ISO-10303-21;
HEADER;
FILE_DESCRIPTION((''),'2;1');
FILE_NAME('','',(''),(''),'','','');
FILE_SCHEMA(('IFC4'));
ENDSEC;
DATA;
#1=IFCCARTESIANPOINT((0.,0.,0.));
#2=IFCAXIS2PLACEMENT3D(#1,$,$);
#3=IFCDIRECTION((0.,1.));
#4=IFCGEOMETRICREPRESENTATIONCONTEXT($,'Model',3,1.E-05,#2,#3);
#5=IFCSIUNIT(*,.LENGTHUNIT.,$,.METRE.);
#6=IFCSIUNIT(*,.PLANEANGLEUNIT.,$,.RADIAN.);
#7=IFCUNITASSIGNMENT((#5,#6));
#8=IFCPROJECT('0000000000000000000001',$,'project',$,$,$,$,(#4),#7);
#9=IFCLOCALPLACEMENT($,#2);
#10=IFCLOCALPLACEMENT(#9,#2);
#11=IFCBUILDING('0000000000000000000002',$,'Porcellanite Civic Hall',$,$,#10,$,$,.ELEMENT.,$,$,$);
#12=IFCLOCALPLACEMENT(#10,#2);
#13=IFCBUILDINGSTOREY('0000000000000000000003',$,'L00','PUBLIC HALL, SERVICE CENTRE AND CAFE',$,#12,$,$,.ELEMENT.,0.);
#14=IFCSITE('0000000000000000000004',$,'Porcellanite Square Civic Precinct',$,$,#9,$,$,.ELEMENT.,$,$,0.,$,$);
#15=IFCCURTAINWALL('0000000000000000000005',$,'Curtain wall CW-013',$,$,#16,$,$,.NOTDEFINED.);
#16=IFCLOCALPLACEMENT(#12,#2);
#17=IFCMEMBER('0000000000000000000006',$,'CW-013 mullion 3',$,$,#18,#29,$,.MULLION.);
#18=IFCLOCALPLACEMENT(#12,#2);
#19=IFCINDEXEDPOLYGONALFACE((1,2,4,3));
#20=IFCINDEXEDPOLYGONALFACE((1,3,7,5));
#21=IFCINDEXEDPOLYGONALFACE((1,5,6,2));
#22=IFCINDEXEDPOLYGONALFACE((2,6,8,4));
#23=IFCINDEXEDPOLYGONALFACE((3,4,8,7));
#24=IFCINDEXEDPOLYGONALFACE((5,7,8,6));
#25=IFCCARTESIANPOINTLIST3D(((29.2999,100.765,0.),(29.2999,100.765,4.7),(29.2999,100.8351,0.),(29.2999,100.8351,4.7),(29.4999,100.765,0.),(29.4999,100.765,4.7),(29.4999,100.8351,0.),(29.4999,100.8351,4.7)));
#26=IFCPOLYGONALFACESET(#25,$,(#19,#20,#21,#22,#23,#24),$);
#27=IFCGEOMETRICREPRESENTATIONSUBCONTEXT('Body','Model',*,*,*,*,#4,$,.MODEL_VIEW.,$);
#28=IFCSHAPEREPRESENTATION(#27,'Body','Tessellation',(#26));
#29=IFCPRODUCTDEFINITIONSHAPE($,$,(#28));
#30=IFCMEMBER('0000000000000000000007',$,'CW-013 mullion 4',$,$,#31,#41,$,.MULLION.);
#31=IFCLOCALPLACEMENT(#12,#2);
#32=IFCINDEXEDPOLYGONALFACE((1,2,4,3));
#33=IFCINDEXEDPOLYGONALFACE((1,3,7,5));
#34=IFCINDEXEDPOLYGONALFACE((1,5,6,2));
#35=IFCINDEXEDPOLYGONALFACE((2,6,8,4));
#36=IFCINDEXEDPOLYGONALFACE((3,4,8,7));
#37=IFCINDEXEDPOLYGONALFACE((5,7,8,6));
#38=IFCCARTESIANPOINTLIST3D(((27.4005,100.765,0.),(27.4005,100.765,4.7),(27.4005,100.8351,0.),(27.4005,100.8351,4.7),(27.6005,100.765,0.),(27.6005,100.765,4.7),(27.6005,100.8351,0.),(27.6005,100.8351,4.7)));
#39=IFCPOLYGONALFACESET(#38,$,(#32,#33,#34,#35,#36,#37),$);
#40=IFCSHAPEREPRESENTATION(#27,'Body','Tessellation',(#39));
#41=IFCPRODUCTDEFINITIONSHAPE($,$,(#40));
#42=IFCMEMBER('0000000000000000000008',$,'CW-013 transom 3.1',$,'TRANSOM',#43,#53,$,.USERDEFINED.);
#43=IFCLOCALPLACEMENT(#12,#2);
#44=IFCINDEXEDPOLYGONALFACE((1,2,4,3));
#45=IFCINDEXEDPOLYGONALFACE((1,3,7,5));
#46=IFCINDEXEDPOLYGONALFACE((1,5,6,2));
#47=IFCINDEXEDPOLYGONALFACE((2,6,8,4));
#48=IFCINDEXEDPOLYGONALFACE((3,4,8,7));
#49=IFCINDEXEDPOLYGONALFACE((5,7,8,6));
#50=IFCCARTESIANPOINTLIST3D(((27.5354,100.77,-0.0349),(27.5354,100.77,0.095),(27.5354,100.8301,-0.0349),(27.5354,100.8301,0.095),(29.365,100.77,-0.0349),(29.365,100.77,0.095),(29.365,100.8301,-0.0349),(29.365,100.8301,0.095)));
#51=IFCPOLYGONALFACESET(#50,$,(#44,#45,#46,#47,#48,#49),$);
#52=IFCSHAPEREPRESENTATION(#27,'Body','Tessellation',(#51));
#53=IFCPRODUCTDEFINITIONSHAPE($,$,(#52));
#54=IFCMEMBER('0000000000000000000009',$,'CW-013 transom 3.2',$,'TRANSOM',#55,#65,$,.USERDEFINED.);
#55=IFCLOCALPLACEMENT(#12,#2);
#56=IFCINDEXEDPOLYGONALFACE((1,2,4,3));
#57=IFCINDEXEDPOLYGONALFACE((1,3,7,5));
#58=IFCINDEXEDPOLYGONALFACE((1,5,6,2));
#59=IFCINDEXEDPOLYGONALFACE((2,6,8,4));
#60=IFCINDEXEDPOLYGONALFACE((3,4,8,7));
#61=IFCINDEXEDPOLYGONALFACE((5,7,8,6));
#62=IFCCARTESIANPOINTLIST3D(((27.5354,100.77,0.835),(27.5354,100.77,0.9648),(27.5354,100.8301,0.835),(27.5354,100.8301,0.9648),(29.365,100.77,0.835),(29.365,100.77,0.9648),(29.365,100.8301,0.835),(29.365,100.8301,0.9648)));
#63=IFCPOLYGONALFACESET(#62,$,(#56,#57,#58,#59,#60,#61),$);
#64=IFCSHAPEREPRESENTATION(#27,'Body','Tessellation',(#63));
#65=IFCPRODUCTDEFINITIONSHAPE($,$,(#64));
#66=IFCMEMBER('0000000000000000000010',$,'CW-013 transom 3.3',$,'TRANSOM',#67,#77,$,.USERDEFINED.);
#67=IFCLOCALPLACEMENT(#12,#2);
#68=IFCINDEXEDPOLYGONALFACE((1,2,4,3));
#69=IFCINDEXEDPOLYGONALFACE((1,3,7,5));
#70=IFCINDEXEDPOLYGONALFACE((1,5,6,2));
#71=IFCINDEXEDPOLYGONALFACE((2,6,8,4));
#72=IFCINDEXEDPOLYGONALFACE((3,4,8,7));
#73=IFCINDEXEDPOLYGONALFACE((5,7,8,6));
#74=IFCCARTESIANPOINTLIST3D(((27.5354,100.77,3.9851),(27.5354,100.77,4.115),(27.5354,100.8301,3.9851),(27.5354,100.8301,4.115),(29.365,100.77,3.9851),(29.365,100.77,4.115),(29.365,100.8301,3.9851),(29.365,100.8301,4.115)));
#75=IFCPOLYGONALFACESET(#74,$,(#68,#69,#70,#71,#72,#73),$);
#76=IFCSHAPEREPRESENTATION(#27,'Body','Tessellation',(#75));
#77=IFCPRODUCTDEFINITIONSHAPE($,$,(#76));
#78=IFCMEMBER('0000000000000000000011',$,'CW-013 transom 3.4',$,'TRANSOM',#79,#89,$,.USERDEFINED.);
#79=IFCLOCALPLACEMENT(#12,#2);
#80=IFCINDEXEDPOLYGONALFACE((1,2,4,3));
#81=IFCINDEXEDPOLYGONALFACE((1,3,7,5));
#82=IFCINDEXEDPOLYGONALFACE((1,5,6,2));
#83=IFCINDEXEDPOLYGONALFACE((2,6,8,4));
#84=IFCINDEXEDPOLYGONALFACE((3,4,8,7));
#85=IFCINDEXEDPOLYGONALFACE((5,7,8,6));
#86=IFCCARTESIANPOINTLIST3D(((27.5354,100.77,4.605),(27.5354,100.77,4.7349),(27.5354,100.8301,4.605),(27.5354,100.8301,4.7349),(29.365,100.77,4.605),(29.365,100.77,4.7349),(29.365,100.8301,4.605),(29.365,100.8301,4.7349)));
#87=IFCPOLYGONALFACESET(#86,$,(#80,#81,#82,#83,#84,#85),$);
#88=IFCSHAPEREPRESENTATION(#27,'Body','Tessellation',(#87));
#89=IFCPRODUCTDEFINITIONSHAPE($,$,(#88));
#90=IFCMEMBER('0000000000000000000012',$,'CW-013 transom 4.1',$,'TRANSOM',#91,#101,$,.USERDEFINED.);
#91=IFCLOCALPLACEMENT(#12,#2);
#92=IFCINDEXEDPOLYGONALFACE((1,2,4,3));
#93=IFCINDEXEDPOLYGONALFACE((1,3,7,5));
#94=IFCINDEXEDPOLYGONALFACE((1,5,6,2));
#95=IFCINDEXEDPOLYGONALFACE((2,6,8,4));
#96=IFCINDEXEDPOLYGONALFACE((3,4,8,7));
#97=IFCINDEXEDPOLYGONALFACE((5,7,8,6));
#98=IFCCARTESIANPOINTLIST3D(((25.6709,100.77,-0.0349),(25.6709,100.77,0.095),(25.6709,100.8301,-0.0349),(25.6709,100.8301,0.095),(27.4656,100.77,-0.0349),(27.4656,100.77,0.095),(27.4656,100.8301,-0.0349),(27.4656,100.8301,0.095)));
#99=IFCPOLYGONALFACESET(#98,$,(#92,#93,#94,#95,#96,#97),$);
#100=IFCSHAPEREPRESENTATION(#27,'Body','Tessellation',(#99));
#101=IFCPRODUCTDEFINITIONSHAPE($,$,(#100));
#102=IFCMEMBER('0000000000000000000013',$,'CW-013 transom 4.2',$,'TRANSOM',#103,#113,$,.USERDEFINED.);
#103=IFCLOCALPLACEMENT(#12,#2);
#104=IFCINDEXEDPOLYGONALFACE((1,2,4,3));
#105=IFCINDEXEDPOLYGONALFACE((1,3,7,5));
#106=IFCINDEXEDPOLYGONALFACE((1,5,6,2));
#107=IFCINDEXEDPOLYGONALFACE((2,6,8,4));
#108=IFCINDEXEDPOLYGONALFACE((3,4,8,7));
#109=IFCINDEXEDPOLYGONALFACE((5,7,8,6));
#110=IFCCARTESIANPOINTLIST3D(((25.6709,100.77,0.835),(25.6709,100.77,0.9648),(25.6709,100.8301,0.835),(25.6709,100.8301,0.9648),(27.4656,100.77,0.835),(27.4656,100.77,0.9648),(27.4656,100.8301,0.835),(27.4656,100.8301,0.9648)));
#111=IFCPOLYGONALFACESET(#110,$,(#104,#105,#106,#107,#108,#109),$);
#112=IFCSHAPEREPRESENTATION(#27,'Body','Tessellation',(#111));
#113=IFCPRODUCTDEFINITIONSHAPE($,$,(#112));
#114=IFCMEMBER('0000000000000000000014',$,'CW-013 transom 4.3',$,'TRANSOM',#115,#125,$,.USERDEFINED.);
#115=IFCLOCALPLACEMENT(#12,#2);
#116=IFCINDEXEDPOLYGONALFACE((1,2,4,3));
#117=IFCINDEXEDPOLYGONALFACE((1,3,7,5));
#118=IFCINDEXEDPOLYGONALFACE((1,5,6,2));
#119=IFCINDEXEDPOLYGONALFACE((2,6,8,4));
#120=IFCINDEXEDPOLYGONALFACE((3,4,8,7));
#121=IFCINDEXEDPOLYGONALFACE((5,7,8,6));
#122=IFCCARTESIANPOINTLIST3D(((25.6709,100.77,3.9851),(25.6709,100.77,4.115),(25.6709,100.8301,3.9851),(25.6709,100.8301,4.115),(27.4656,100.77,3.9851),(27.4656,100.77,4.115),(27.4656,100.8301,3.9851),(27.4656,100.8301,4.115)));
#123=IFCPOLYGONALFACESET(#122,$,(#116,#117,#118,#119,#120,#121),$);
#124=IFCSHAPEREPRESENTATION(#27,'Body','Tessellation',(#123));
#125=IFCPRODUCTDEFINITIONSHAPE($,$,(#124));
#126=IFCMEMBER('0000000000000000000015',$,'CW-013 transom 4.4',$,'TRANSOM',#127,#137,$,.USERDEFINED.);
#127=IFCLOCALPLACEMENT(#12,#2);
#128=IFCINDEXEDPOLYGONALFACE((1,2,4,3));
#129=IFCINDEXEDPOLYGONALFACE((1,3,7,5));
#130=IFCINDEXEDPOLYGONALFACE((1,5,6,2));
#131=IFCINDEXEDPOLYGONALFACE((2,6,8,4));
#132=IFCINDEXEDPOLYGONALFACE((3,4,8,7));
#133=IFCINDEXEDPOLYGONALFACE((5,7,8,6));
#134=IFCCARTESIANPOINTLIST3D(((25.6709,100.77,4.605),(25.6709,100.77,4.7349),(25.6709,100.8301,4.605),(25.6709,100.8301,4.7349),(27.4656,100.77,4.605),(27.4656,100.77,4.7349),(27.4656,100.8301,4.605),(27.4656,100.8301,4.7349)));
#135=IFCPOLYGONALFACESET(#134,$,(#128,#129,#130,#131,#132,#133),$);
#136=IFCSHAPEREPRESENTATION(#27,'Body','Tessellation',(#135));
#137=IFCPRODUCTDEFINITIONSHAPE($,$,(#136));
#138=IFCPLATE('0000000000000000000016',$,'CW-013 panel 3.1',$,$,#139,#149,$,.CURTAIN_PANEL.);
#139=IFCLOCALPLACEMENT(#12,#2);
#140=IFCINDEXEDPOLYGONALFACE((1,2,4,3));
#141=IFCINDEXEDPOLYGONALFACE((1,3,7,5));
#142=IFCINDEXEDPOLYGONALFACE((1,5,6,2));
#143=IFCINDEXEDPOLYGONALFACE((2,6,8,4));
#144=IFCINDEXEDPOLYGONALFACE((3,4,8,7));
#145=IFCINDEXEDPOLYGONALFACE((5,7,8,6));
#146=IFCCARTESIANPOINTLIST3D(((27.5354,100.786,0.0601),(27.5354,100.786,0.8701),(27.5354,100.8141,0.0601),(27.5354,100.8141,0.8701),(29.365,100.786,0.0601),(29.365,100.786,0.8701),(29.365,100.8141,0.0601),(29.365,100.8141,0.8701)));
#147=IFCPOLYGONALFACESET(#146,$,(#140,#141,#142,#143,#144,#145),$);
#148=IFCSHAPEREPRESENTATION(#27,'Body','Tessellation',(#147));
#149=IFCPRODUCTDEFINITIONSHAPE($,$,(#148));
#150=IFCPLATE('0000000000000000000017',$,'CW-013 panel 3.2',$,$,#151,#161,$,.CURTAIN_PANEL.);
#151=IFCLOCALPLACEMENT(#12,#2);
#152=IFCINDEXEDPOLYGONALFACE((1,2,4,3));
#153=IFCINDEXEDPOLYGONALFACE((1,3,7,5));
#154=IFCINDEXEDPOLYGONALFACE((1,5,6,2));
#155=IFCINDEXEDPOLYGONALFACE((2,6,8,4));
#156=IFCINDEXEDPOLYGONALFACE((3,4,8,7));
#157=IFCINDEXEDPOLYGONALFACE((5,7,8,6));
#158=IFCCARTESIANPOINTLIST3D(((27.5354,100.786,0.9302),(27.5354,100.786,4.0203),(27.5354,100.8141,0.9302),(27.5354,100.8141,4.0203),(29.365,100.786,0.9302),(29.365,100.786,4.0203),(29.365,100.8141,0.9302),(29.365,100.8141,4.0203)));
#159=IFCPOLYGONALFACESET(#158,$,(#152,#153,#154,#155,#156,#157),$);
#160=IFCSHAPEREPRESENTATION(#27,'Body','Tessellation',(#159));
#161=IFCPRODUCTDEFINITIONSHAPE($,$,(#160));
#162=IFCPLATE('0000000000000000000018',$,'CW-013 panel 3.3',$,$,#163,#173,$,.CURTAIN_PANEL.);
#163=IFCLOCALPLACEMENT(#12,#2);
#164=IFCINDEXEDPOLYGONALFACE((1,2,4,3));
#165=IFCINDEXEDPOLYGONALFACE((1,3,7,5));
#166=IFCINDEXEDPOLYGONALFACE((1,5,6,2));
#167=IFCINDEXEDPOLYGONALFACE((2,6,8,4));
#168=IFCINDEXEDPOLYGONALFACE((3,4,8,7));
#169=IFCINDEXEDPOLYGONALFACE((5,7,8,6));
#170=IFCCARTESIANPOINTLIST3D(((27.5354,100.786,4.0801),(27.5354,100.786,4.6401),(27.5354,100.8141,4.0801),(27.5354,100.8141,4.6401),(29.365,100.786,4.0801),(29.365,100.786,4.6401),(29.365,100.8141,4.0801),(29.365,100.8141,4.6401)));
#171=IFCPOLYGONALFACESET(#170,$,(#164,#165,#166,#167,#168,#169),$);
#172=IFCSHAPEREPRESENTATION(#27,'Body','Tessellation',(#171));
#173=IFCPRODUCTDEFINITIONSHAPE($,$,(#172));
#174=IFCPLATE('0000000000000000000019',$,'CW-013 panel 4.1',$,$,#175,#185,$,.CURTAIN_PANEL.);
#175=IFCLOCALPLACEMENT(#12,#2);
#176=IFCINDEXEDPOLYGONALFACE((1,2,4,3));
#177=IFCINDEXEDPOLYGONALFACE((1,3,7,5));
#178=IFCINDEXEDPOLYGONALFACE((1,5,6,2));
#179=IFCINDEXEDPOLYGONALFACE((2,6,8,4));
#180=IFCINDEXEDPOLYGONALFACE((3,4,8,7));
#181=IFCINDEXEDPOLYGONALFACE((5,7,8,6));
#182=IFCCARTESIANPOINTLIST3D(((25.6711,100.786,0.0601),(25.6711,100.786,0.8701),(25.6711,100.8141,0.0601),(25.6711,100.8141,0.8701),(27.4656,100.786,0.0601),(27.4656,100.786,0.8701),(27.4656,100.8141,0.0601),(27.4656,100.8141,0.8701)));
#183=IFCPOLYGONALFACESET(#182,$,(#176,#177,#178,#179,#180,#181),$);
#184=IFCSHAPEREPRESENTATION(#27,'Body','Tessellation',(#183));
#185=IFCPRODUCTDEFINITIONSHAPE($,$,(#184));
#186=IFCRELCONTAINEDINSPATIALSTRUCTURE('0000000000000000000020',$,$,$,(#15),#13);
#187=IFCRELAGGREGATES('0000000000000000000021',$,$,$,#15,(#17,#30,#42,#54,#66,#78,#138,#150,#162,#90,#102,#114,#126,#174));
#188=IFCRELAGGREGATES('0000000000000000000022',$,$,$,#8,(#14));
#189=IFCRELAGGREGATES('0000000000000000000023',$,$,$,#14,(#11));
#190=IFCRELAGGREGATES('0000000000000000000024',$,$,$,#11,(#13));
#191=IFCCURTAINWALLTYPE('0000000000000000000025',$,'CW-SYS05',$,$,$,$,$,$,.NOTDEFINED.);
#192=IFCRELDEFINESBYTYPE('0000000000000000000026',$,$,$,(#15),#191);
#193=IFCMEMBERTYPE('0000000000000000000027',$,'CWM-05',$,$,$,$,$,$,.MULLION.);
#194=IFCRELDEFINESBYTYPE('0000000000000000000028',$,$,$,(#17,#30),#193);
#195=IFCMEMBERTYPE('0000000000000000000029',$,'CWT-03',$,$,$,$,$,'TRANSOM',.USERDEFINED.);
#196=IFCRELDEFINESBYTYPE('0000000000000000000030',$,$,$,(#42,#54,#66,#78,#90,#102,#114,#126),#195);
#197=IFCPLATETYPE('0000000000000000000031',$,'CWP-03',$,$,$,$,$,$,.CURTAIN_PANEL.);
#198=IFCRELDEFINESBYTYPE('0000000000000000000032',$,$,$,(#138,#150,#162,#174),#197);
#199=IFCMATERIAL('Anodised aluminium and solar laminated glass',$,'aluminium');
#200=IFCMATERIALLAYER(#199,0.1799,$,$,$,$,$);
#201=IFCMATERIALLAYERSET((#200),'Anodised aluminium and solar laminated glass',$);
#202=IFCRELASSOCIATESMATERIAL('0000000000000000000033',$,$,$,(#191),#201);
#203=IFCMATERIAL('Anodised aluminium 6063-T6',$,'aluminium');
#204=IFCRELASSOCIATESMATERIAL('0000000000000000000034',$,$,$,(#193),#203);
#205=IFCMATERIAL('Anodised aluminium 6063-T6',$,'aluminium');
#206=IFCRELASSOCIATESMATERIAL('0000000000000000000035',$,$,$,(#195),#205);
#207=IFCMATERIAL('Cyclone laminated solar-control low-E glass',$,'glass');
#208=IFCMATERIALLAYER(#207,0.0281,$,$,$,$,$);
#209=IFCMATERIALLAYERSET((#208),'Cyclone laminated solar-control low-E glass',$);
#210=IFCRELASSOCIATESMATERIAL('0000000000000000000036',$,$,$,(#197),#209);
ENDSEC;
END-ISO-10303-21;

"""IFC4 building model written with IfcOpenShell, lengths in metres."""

from ifc_helpers import new_model, si_unit, direction, frame, origin, origin_2d, place, context, subcontext, project, spatial, rectangle, extrude, material, layer, layer_set, material_profile, profile_set, type_object, element, aggregate, save


model = new_model("IFC4")

# Units and contexts
model_context = context("Model", 3, precision=1e-05, world=origin(), true_north=direction((0.0, 1.0)))
body_context = subcontext(model_context, "Body", "Model", "MODEL_VIEW")
ifc_project = project(units=[si_unit("LENGTHUNIT", "METRE"), si_unit("PLANEANGLEUNIT", "RADIAN")], contexts=[model_context])

# Site, building, storey
site_placement = place(None, origin())
site = spatial("IfcSite", under=ifc_project, at=site_placement, Name="Porcellanite Square Civic Precinct", CompositionType="ELEMENT", RefElevation=0.0)
building_placement = place(site_placement, origin())
building = spatial("IfcBuilding", under=site, at=building_placement, Name="Porcellanite Civic Hall", CompositionType="ELEMENT")
storey_placement = place(building_placement, origin())
storey = spatial("IfcBuildingStorey", under=building, at=storey_placement, Name="L00", Description="PUBLIC HALL, SERVICE CENTRE AND CAFE", CompositionType="ELEMENT", Elevation=0.0)

# Curtain wall, members, plates
ifc_material_1 = material(Name="Anodised aluminium and solar laminated glass", Category="aluminium")
ifc_layer_1 = layer(ifc_material_1, 0.1799)
ifc_layer_set_1 = layer_set([ifc_layer_1], Name="Anodised aluminium and solar laminated glass")
curtain_wall_type = type_object("IfcCurtainWallType", Name="CW-SYS05", PredefinedType="NOTDEFINED", material=ifc_layer_set_1)
curtain_wall_placement = place(storey_placement, origin())
curtain_wall = element("IfcCurtainWall", 1, at=curtain_wall_placement, inside=storey, type_object=curtain_wall_type, Name="Curtain wall CW-013", PredefinedType="NOTDEFINED")
ifc_material_2 = material(Name="Anodised aluminium 6063-T6", Category="aluminium")
ifc_material_profile_1 = material_profile(ifc_material_2, rectangle(XDim=0.0701, YDim=0.2, at=origin_2d()), Name="AL-70x200")
ifc_profile_set_1 = profile_set([ifc_material_profile_1], Name="Anodised aluminium 6063-T6")
member_type_1 = type_object("IfcMemberType", Name="CWM-05", PredefinedType="MULLION", material=ifc_profile_set_1)
member_1_placement = place(storey_placement, frame((29.3999, 100.8, 0.0), z_axis=(0.0, 0.0, 1.0), x_axis=(0.0, -1.0, 0.0)))
member_1 = element("IfcMember", 2, at=member_1_placement, type_object=member_type_1, Name="CW-013 mullion 3", PredefinedType="MULLION", context=body_context, shape_type="SweptSolid", body=[
    extrude(rectangle(XDim=0.0701, YDim=0.2, at=origin_2d()), origin(), (0.0, 0.0, 1.0), 4.7),
])
member_2_placement = place(storey_placement, frame((27.5005, 100.8, 0.0), z_axis=(0.0, 0.0, 1.0), x_axis=(0.0, -1.0, 0.0)))
member_2 = element("IfcMember", 3, at=member_2_placement, type_object=member_type_1, Name="CW-013 mullion 4", PredefinedType="MULLION", context=body_context, shape_type="SweptSolid", body=[
    extrude(rectangle(XDim=0.0701, YDim=0.2, at=origin_2d()), origin(), (0.0, 0.0, 1.0), 4.7),
])
ifc_material_3 = material(Name="Anodised aluminium 6063-T6", Category="aluminium")
ifc_material_profile_2 = material_profile(ifc_material_3, rectangle(XDim=0.0601, YDim=0.1299, at=origin_2d()), Name="AL-60x130")
ifc_profile_set_2 = profile_set([ifc_material_profile_2], Name="Anodised aluminium 6063-T6")
member_type_2 = type_object("IfcMemberType", Name="CWT-03", ElementType="TRANSOM", PredefinedType="USERDEFINED", material=ifc_profile_set_2)
member_3_placement = place(storey_placement, frame((29.365, 100.8, 0.03), z_axis=(-1.0, 0.0, 0.0), x_axis=(0.0, -1.0, 0.0)))
member_3 = element("IfcMember", 4, at=member_3_placement, type_object=member_type_2, Name="CW-013 transom 3.1", ObjectType="TRANSOM", PredefinedType="USERDEFINED", context=body_context, shape_type="SweptSolid", body=[
    extrude(rectangle(XDim=0.0601, YDim=0.1299, at=origin_2d()), origin(), (0.0, 0.0, 1.0), 1.8296),
])
member_4_placement = place(storey_placement, frame((29.365, 100.8, 0.8999), z_axis=(-1.0, 0.0, 0.0), x_axis=(0.0, -1.0, 0.0)))
member_4 = element("IfcMember", 5, at=member_4_placement, type_object=member_type_2, Name="CW-013 transom 3.2", ObjectType="TRANSOM", PredefinedType="USERDEFINED", context=body_context, shape_type="SweptSolid", body=[
    extrude(rectangle(XDim=0.0601, YDim=0.1299, at=origin_2d()), origin(), (0.0, 0.0, 1.0), 1.8296),
])
member_5_placement = place(storey_placement, frame((29.365, 100.8, 4.05), z_axis=(-1.0, 0.0, 0.0), x_axis=(0.0, -1.0, 0.0)))
member_5 = element("IfcMember", 6, at=member_5_placement, type_object=member_type_2, Name="CW-013 transom 3.3", ObjectType="TRANSOM", PredefinedType="USERDEFINED", context=body_context, shape_type="SweptSolid", body=[
    extrude(rectangle(XDim=0.0601, YDim=0.1299, at=origin_2d()), origin(), (0.0, 0.0, 1.0), 1.8296),
])
member_6_placement = place(storey_placement, frame((29.365, 100.8, 4.6699), z_axis=(-1.0, 0.0, 0.0), x_axis=(0.0, -1.0, 0.0)))
member_6 = element("IfcMember", 7, at=member_6_placement, type_object=member_type_2, Name="CW-013 transom 3.4", ObjectType="TRANSOM", PredefinedType="USERDEFINED", context=body_context, shape_type="SweptSolid", body=[
    extrude(rectangle(XDim=0.0601, YDim=0.1299, at=origin_2d()), origin(), (0.0, 0.0, 1.0), 1.8296),
])
member_7_placement = place(storey_placement, frame((27.4656, 100.8, 0.03), z_axis=(-1.0, 0.0, 0.0), x_axis=(0.0, -1.0, 0.0)))
member_7 = element("IfcMember", 8, at=member_7_placement, type_object=member_type_2, Name="CW-013 transom 4.1", ObjectType="TRANSOM", PredefinedType="USERDEFINED", context=body_context, shape_type="SweptSolid", body=[
    extrude(rectangle(XDim=0.0601, YDim=0.1299, at=origin_2d()), origin(), (0.0, 0.0, 1.0), 1.7947),
])
member_8_placement = place(storey_placement, frame((27.4656, 100.8, 0.8999), z_axis=(-1.0, 0.0, 0.0), x_axis=(0.0, -1.0, 0.0)))
member_8 = element("IfcMember", 9, at=member_8_placement, type_object=member_type_2, Name="CW-013 transom 4.2", ObjectType="TRANSOM", PredefinedType="USERDEFINED", context=body_context, shape_type="SweptSolid", body=[
    extrude(rectangle(XDim=0.0601, YDim=0.1299, at=origin_2d()), origin(), (0.0, 0.0, 1.0), 1.7947),
])
member_9_placement = place(storey_placement, frame((27.4656, 100.8, 4.05), z_axis=(-1.0, 0.0, 0.0), x_axis=(0.0, -1.0, 0.0)))
member_9 = element("IfcMember", 10, at=member_9_placement, type_object=member_type_2, Name="CW-013 transom 4.3", ObjectType="TRANSOM", PredefinedType="USERDEFINED", context=body_context, shape_type="SweptSolid", body=[
    extrude(rectangle(XDim=0.0601, YDim=0.1299, at=origin_2d()), origin(), (0.0, 0.0, 1.0), 1.7947),
])
member_10_placement = place(storey_placement, frame((27.4656, 100.8, 4.6699), z_axis=(-1.0, 0.0, 0.0), x_axis=(0.0, -1.0, 0.0)))
member_10 = element("IfcMember", 11, at=member_10_placement, type_object=member_type_2, Name="CW-013 transom 4.4", ObjectType="TRANSOM", PredefinedType="USERDEFINED", context=body_context, shape_type="SweptSolid", body=[
    extrude(rectangle(XDim=0.0601, YDim=0.1299, at=origin_2d()), origin(), (0.0, 0.0, 1.0), 1.7947),
])
ifc_material_4 = material(Name="Cyclone laminated solar-control low-E glass", Category="glass")
ifc_layer_2 = layer(ifc_material_4, 0.0281)
ifc_layer_set_2 = layer_set([ifc_layer_2], Name="Cyclone laminated solar-control low-E glass")
plate_type = type_object("IfcPlateType", Name="CWP-03", PredefinedType="CURTAIN_PANEL", material=ifc_layer_set_2)
plate_1_placement = place(storey_placement, frame((28.4502, 100.8, 0.0601), z_axis=(0.0, 0.0, 1.0), x_axis=(-1.0, 0.0, 0.0)))
plate_1 = element("IfcPlate", 12, at=plate_1_placement, type_object=plate_type, Name="CW-013 panel 3.1", PredefinedType="CURTAIN_PANEL", context=body_context, shape_type="SweptSolid", body=[
    extrude(rectangle(XDim=1.8296, YDim=0.0281, at=origin_2d()), origin(), (0.0, 0.0, 1.0), 0.8101),
])
plate_2_placement = place(storey_placement, frame((28.4502, 100.8, 0.9302), z_axis=(0.0, 0.0, 1.0), x_axis=(-1.0, 0.0, 0.0)))
plate_2 = element("IfcPlate", 13, at=plate_2_placement, type_object=plate_type, Name="CW-013 panel 3.2", PredefinedType="CURTAIN_PANEL", context=body_context, shape_type="SweptSolid", body=[
    extrude(rectangle(XDim=1.8296, YDim=0.0281, at=origin_2d()), origin(), (0.0, 0.0, 1.0), 3.0901),
])
plate_3_placement = place(storey_placement, frame((28.4502, 100.8, 4.0801), z_axis=(0.0, 0.0, 1.0), x_axis=(-1.0, 0.0, 0.0)))
plate_3 = element("IfcPlate", 14, at=plate_3_placement, type_object=plate_type, Name="CW-013 panel 3.3", PredefinedType="CURTAIN_PANEL", context=body_context, shape_type="SweptSolid", body=[
    extrude(rectangle(XDim=1.8296, YDim=0.0281, at=origin_2d()), origin(), (0.0, 0.0, 1.0), 0.5601),
])
plate_4_placement = place(storey_placement, frame((26.5684, 100.8, 0.0601), z_axis=(0.0, 0.0, 1.0), x_axis=(-1.0, 0.0, 0.0)))
plate_4 = element("IfcPlate", 15, at=plate_4_placement, type_object=plate_type, Name="CW-013 panel 4.1", PredefinedType="CURTAIN_PANEL", context=body_context, shape_type="SweptSolid", body=[
    extrude(rectangle(XDim=1.7944, YDim=0.0281, at=origin_2d()), origin(), (0.0, 0.0, 1.0), 0.8101),
])
aggregate(curtain_wall, [member_1, member_2, member_3, member_4, member_5, member_6, plate_1, plate_2, plate_3, member_7, member_8, member_9, member_10, plate_4])

save(model, "model.ifc")
